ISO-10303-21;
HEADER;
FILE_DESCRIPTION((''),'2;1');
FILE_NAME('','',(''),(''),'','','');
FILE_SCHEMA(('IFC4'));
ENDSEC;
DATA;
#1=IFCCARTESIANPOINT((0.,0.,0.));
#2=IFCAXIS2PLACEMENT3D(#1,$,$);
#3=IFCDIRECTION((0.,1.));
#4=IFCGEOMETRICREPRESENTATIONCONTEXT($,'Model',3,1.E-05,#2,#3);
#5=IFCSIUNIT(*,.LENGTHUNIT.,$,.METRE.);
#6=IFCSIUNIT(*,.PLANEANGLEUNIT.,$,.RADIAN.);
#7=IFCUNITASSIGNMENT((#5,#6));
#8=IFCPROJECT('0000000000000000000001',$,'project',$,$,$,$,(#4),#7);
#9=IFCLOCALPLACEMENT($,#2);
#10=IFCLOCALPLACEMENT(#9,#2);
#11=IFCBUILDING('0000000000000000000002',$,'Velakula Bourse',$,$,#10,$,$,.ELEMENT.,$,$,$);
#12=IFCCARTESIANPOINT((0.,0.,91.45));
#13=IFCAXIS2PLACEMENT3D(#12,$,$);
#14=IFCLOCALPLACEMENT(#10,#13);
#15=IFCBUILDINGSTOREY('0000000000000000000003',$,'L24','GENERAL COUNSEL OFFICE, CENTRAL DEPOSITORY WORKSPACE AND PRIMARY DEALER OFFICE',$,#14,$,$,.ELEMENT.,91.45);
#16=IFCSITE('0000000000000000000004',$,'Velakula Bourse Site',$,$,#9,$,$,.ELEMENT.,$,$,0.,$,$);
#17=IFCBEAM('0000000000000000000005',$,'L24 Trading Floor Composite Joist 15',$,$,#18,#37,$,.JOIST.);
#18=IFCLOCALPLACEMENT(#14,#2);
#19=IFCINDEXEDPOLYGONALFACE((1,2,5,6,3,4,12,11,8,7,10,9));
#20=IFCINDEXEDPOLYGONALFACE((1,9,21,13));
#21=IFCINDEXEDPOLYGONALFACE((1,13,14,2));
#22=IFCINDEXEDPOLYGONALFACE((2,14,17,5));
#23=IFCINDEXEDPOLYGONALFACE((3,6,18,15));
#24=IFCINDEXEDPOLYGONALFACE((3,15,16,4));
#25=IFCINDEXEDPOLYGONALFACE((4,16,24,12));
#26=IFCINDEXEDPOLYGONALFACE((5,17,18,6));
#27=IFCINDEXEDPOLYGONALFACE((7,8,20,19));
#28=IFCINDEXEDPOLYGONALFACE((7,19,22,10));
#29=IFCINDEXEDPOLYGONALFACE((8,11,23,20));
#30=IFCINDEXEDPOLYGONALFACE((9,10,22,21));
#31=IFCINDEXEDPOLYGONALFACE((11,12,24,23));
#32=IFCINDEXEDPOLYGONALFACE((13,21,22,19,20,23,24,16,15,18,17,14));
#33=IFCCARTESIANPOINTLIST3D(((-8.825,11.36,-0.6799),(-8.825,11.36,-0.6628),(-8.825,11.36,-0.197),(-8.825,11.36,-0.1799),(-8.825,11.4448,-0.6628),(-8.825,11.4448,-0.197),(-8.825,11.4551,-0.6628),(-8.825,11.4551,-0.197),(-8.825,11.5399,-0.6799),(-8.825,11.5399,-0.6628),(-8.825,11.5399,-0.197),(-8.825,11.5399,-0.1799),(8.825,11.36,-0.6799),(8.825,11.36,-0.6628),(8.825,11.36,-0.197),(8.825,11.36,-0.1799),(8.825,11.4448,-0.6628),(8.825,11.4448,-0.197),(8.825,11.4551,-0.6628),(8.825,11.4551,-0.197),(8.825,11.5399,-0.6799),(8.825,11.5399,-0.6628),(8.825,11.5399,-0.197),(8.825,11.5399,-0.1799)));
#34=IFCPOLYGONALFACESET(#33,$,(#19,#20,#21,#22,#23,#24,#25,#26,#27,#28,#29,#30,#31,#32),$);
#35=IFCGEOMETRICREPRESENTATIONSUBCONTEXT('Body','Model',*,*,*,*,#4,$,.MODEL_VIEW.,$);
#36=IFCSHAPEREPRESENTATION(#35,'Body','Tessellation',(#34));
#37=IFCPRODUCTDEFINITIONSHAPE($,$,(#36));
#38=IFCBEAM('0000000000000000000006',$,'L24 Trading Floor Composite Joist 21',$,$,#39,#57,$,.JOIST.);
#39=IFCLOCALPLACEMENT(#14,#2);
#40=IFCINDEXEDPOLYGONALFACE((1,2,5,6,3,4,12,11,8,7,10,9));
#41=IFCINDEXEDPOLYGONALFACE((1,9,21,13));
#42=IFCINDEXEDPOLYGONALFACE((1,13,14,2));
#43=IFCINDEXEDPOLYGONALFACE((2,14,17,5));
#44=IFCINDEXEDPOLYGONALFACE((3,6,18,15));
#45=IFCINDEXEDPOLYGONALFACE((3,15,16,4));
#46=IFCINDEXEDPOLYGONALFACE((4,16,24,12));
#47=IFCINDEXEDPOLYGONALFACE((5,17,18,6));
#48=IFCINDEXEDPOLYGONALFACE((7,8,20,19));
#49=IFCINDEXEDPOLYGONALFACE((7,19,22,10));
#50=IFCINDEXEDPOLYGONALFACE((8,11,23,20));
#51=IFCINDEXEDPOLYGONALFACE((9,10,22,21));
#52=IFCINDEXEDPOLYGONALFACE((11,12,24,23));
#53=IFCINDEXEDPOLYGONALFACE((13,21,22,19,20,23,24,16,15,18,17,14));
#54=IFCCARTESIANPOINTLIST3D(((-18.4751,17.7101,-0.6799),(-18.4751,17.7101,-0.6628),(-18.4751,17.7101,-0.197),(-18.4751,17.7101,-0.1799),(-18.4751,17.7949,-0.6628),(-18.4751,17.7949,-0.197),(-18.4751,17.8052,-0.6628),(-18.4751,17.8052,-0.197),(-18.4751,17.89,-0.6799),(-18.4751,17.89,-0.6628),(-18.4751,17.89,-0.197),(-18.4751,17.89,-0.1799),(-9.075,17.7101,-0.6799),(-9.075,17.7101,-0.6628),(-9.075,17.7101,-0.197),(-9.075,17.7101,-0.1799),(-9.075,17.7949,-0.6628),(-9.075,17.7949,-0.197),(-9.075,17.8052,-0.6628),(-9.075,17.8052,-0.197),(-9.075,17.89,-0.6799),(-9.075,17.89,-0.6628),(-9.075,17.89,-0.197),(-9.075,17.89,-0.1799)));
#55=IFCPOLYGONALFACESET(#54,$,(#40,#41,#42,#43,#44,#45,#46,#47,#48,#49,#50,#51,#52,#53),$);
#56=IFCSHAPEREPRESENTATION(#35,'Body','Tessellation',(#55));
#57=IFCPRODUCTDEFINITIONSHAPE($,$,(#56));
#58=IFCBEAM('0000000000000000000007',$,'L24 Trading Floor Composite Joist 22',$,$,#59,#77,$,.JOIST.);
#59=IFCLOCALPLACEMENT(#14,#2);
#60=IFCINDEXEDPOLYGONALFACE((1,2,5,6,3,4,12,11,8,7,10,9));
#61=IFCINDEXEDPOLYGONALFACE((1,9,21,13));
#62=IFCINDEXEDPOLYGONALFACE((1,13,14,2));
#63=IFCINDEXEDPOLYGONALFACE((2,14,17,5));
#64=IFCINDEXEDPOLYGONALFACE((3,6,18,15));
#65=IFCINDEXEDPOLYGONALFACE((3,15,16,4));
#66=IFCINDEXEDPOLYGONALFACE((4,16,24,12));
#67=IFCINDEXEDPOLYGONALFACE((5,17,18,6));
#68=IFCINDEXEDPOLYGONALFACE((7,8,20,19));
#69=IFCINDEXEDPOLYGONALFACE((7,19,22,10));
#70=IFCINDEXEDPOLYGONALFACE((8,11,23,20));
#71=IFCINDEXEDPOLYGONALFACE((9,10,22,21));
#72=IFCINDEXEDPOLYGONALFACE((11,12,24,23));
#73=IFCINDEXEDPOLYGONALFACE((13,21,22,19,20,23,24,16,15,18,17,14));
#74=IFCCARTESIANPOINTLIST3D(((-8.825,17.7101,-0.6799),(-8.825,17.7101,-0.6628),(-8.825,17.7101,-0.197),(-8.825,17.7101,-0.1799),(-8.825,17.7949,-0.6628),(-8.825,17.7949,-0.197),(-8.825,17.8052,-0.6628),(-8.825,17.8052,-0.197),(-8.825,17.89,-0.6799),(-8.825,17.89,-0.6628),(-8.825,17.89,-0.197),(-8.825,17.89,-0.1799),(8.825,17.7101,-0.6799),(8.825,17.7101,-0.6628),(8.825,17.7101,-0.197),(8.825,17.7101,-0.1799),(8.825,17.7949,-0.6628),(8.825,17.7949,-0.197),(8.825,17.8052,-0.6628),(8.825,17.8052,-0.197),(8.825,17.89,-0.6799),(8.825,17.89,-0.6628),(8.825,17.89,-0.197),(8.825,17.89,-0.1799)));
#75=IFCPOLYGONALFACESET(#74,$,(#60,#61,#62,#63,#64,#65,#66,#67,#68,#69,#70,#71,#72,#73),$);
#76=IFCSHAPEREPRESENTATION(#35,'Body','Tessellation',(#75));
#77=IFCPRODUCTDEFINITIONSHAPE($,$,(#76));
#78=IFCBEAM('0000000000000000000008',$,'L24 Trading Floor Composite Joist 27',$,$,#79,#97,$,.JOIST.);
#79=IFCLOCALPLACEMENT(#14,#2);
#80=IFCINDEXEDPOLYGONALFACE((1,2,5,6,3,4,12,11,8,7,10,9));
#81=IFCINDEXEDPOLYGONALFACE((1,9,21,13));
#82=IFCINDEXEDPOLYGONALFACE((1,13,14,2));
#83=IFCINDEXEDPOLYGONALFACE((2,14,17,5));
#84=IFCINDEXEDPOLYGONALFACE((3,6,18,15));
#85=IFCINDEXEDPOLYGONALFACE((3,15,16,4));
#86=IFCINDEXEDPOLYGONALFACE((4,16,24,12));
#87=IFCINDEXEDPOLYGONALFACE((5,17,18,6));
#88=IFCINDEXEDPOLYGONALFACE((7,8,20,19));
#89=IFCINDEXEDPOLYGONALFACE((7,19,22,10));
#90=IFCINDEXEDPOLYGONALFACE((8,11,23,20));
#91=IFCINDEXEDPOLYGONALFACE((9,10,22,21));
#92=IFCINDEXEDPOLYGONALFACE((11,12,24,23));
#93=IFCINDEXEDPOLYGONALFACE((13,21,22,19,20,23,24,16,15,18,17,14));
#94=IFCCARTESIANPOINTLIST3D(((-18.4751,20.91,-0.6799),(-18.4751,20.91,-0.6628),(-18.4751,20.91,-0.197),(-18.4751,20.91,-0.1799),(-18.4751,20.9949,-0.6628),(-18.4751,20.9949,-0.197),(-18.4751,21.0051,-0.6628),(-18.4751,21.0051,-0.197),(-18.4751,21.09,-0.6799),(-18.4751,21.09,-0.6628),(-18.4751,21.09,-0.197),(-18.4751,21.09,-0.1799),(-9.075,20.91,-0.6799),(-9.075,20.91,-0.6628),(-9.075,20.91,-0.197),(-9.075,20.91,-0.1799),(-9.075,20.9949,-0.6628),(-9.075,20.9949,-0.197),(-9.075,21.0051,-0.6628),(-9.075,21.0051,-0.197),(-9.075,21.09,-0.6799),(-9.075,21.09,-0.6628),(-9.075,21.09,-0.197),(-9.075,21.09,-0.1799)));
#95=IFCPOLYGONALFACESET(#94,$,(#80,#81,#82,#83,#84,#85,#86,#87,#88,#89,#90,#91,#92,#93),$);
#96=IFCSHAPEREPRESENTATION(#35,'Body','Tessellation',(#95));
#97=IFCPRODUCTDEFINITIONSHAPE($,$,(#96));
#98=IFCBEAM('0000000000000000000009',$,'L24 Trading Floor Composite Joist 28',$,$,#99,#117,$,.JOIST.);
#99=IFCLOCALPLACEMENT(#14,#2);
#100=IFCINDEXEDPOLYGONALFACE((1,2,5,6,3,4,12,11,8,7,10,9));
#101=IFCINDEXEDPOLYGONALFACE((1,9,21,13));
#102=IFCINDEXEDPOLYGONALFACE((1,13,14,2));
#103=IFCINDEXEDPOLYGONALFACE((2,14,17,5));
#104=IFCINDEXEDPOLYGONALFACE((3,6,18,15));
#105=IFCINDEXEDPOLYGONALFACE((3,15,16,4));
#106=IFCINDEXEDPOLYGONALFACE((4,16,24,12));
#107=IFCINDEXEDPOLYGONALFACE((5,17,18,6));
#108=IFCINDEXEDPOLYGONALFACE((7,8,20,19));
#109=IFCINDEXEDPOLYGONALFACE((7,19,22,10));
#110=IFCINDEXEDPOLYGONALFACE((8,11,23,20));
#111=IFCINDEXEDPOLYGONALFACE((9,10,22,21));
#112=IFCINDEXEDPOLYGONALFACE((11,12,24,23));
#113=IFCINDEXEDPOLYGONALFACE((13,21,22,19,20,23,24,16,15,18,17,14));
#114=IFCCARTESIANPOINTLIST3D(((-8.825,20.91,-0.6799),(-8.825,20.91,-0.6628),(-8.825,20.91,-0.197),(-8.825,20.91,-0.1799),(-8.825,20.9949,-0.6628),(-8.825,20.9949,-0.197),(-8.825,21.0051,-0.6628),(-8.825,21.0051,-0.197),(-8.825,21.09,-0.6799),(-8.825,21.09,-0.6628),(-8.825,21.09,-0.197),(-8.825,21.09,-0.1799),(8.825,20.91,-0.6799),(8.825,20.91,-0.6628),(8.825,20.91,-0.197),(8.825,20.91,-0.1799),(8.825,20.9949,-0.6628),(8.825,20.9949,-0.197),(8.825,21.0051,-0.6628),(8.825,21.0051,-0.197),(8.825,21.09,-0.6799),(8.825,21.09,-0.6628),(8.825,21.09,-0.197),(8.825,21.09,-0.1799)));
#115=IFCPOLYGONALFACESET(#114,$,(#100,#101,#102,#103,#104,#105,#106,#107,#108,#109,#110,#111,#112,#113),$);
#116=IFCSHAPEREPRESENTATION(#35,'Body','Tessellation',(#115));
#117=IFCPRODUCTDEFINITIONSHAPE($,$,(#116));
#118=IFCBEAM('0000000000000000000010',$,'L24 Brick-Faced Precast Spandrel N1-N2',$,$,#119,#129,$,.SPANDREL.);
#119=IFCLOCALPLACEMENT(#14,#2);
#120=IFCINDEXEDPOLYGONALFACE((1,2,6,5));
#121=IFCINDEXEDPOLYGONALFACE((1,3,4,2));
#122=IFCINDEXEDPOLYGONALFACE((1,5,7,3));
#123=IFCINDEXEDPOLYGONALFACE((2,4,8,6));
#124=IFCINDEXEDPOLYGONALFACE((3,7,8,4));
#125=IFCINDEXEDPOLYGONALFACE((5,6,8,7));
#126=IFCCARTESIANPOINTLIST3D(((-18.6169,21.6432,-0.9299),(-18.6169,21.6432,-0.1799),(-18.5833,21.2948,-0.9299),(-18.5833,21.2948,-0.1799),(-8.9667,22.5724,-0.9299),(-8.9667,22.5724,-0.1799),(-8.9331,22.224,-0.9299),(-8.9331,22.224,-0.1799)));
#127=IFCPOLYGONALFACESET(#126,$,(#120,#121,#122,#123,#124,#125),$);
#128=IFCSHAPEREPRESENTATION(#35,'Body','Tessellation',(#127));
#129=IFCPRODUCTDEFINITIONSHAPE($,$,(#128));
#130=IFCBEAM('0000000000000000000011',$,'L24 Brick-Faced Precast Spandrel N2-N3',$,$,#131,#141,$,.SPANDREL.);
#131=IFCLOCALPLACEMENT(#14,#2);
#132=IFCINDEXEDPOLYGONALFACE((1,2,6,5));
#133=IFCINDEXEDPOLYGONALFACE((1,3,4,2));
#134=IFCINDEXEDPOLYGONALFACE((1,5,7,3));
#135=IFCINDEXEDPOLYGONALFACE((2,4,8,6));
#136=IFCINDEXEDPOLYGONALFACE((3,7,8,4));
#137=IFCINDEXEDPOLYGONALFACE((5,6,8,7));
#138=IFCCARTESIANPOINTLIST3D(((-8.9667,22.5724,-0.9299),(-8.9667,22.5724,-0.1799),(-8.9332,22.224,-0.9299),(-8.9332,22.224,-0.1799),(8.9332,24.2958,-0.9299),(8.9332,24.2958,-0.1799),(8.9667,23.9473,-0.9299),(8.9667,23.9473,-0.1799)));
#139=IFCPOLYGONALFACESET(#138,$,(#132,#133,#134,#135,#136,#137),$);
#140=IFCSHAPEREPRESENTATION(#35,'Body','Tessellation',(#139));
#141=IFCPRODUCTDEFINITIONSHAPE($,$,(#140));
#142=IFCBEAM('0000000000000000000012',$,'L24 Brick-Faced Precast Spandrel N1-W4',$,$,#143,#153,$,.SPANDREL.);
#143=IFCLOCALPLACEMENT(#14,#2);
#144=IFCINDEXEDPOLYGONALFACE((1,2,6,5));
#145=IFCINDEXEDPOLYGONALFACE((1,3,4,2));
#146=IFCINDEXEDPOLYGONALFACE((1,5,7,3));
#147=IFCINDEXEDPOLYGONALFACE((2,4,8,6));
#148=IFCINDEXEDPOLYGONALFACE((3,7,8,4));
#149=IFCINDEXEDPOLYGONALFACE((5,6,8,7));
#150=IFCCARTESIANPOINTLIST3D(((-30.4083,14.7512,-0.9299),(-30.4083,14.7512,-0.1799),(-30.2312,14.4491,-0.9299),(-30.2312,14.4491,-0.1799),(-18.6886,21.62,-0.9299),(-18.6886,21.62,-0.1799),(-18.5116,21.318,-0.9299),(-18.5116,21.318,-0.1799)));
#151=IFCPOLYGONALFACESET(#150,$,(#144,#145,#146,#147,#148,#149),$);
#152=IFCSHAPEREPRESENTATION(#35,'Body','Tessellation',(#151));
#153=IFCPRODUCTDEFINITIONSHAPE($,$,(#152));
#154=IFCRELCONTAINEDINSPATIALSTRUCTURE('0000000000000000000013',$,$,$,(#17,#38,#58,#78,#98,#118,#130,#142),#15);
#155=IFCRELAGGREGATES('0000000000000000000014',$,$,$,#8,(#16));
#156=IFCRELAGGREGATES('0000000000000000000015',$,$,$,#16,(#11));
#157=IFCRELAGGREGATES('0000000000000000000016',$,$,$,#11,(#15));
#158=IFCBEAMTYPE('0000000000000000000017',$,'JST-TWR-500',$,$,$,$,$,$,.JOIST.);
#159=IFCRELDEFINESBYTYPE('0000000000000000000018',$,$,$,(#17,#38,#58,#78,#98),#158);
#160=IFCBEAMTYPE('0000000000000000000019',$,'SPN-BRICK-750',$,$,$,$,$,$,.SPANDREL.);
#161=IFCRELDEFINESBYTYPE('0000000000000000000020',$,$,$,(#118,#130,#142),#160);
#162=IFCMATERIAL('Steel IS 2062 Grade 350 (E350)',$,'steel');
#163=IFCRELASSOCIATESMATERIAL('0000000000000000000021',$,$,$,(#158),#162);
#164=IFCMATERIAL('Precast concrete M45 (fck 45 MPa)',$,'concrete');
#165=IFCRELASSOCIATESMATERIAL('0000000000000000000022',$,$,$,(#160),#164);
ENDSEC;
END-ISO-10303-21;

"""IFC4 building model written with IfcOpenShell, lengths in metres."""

from ifc_helpers import new_model, si_unit, direction, frame, origin, origin_2d, place, context, subcontext, project, spatial, rectangle, i_section, extrude, material, material_profile, profile_set, type_object, element, save


model = new_model("IFC4")

# Units and contexts
model_context = context("Model", 3, precision=1e-05, world=origin(), true_north=direction((0.0, 1.0)))
body_context = subcontext(model_context, "Body", "Model", "MODEL_VIEW")
ifc_project = project(units=[si_unit("LENGTHUNIT", "METRE"), si_unit("PLANEANGLEUNIT", "RADIAN")], contexts=[model_context])

# Site, building, storey
site_placement = place(None, origin())
site = spatial("IfcSite", under=ifc_project, at=site_placement, Name="Velakula Bourse Site", CompositionType="ELEMENT", RefElevation=0.0)
building_placement = place(site_placement, origin())
building = spatial("IfcBuilding", under=site, at=building_placement, Name="Velakula Bourse", CompositionType="ELEMENT")
storey_placement = place(building_placement, frame((0.0, 0.0, 91.45)))
storey = spatial("IfcBuildingStorey", under=building, at=storey_placement, Name="L24", Description="GENERAL COUNSEL OFFICE, CENTRAL DEPOSITORY WORKSPACE AND PRIMARY DEALER OFFICE", CompositionType="ELEMENT", Elevation=91.45)

# Beams
ifc_material_1 = material(Name="Steel IS 2062 Grade 350 (E350)", Category="steel")
ifc_material_profile_1 = material_profile(ifc_material_1, i_section(OverallWidth=0.1799, OverallDepth=0.5, WebThickness=0.0103, FlangeThickness=0.0171, at=origin_2d()), Name="Steel IS 2062 Grade 350 (E350)")
ifc_profile_set_1 = profile_set([ifc_material_profile_1], Name="Steel IS 2062 Grade 350 (E350)")
beam_type_1 = type_object("IfcBeamType", Name="JST-TWR-500", PredefinedType="JOIST", material=ifc_profile_set_1)
beam_1_placement = place(storey_placement, frame((-8.825, 11.45, -0.4299), z_axis=(1.0, 0.0, 0.0), x_axis=(0.0, 1.0, 0.0)))
element("IfcBeam", 1, at=beam_1_placement, inside=storey, type_object=beam_type_1, Name="L24 Trading Floor Composite Joist 15", PredefinedType="JOIST", context=body_context, shape_type="SweptSolid", body=[
    extrude(i_section(OverallWidth=0.1799, OverallDepth=0.5, WebThickness=0.0103, FlangeThickness=0.0171, at=origin_2d()), origin(), (0.0, 0.0, 1.0), 17.6499),
])
beam_2_placement = place(storey_placement, frame((-18.4751, 17.8, -0.4299), z_axis=(1.0, 0.0, 0.0), x_axis=(0.0, 1.0, 0.0)))
element("IfcBeam", 2, at=beam_2_placement, inside=storey, type_object=beam_type_1, Name="L24 Trading Floor Composite Joist 21", PredefinedType="JOIST", context=body_context, shape_type="SweptSolid", body=[
    extrude(i_section(OverallWidth=0.1799, OverallDepth=0.5, WebThickness=0.0103, FlangeThickness=0.0171, at=origin_2d()), origin(), (0.0, 0.0, 1.0), 9.4001),
])
beam_3_placement = place(storey_placement, frame((-8.825, 17.8, -0.4299), z_axis=(1.0, 0.0, 0.0), x_axis=(0.0, 1.0, 0.0)))
element("IfcBeam", 3, at=beam_3_placement, inside=storey, type_object=beam_type_1, Name="L24 Trading Floor Composite Joist 22", PredefinedType="JOIST", context=body_context, shape_type="SweptSolid", body=[
    extrude(i_section(OverallWidth=0.1799, OverallDepth=0.5, WebThickness=0.0103, FlangeThickness=0.0171, at=origin_2d()), origin(), (0.0, 0.0, 1.0), 17.6499),
])
beam_4_placement = place(storey_placement, frame((-18.4751, 21.0, -0.4299), z_axis=(1.0, 0.0, 0.0), x_axis=(0.0, 1.0, 0.0)))
element("IfcBeam", 4, at=beam_4_placement, inside=storey, type_object=beam_type_1, Name="L24 Trading Floor Composite Joist 27", PredefinedType="JOIST", context=body_context, shape_type="SweptSolid", body=[
    extrude(i_section(OverallWidth=0.1799, OverallDepth=0.5, WebThickness=0.0103, FlangeThickness=0.0171, at=origin_2d()), origin(), (0.0, 0.0, 1.0), 9.4001),
])
beam_5_placement = place(storey_placement, frame((-8.825, 21.0, -0.4299), z_axis=(1.0, 0.0, 0.0), x_axis=(0.0, 1.0, 0.0)))
element("IfcBeam", 5, at=beam_5_placement, inside=storey, type_object=beam_type_1, Name="L24 Trading Floor Composite Joist 28", PredefinedType="JOIST", context=body_context, shape_type="SweptSolid", body=[
    extrude(i_section(OverallWidth=0.1799, OverallDepth=0.5, WebThickness=0.0103, FlangeThickness=0.0171, at=origin_2d()), origin(), (0.0, 0.0, 1.0), 17.6499),
])
ifc_material_2 = material(Name="Precast concrete M45 (fck 45 MPa)", Category="concrete")
ifc_material_profile_2 = material_profile(ifc_material_2, rectangle(XDim=0.3501, YDim=0.75, at=origin_2d()), Name="Precast concrete M45 (fck 45 MPa)")
ifc_profile_set_2 = profile_set([ifc_material_profile_2], Name="Precast concrete M45 (fck 45 MPa)")
beam_type_2 = type_object("IfcBeamType", Name="SPN-BRICK-750", PredefinedType="SPANDREL", material=ifc_profile_set_2)
beam_6_placement = place(storey_placement, frame((-18.6001, 21.469, -0.5549), z_axis=(0.995396, 0.095845, 0.0), x_axis=(-0.095845, 0.995396, 0.0)))
element("IfcBeam", 6, at=beam_6_placement, inside=storey, type_object=beam_type_2, Name="L24 Brick-Faced Precast Spandrel N1-N2", PredefinedType="SPANDREL", context=body_context, shape_type="SweptSolid", body=[
    extrude(rectangle(XDim=0.3501, YDim=0.75, at=origin_2d()), origin(), (0.0, 0.0, 1.0), 9.6948),
])
beam_7_placement = place(storey_placement, frame((-8.95, 22.3982, -0.5549), z_axis=(0.995397, 0.095836, 0.0), x_axis=(-0.095836, 0.995397, 0.0)))
element("IfcBeam", 7, at=beam_7_placement, inside=storey, type_object=beam_type_2, Name="L24 Brick-Faced Precast Spandrel N2-N3", PredefinedType="SPANDREL", context=body_context, shape_type="SweptSolid", body=[
    extrude(rectangle(XDim=0.3501, YDim=0.75, at=origin_2d()), origin(), (0.0, 0.0, 1.0), 17.9827),
])
beam_8_placement = place(storey_placement, frame((-18.6001, 21.469, -0.5549), z_axis=(-0.862739, -0.505649, 0.0), x_axis=(0.505649, -0.862739, 0.0)))
element("IfcBeam", 8, at=beam_8_placement, inside=storey, type_object=beam_type_2, Name="L24 Brick-Faced Precast Spandrel N1-W4", PredefinedType="SPANDREL", context=body_context, shape_type="SweptSolid", body=[
    extrude(rectangle(XDim=0.3501, YDim=0.75, at=origin_2d()), origin(), (0.0, 0.0, 1.0), 13.5842),
])

save(model, "model.ifc")
